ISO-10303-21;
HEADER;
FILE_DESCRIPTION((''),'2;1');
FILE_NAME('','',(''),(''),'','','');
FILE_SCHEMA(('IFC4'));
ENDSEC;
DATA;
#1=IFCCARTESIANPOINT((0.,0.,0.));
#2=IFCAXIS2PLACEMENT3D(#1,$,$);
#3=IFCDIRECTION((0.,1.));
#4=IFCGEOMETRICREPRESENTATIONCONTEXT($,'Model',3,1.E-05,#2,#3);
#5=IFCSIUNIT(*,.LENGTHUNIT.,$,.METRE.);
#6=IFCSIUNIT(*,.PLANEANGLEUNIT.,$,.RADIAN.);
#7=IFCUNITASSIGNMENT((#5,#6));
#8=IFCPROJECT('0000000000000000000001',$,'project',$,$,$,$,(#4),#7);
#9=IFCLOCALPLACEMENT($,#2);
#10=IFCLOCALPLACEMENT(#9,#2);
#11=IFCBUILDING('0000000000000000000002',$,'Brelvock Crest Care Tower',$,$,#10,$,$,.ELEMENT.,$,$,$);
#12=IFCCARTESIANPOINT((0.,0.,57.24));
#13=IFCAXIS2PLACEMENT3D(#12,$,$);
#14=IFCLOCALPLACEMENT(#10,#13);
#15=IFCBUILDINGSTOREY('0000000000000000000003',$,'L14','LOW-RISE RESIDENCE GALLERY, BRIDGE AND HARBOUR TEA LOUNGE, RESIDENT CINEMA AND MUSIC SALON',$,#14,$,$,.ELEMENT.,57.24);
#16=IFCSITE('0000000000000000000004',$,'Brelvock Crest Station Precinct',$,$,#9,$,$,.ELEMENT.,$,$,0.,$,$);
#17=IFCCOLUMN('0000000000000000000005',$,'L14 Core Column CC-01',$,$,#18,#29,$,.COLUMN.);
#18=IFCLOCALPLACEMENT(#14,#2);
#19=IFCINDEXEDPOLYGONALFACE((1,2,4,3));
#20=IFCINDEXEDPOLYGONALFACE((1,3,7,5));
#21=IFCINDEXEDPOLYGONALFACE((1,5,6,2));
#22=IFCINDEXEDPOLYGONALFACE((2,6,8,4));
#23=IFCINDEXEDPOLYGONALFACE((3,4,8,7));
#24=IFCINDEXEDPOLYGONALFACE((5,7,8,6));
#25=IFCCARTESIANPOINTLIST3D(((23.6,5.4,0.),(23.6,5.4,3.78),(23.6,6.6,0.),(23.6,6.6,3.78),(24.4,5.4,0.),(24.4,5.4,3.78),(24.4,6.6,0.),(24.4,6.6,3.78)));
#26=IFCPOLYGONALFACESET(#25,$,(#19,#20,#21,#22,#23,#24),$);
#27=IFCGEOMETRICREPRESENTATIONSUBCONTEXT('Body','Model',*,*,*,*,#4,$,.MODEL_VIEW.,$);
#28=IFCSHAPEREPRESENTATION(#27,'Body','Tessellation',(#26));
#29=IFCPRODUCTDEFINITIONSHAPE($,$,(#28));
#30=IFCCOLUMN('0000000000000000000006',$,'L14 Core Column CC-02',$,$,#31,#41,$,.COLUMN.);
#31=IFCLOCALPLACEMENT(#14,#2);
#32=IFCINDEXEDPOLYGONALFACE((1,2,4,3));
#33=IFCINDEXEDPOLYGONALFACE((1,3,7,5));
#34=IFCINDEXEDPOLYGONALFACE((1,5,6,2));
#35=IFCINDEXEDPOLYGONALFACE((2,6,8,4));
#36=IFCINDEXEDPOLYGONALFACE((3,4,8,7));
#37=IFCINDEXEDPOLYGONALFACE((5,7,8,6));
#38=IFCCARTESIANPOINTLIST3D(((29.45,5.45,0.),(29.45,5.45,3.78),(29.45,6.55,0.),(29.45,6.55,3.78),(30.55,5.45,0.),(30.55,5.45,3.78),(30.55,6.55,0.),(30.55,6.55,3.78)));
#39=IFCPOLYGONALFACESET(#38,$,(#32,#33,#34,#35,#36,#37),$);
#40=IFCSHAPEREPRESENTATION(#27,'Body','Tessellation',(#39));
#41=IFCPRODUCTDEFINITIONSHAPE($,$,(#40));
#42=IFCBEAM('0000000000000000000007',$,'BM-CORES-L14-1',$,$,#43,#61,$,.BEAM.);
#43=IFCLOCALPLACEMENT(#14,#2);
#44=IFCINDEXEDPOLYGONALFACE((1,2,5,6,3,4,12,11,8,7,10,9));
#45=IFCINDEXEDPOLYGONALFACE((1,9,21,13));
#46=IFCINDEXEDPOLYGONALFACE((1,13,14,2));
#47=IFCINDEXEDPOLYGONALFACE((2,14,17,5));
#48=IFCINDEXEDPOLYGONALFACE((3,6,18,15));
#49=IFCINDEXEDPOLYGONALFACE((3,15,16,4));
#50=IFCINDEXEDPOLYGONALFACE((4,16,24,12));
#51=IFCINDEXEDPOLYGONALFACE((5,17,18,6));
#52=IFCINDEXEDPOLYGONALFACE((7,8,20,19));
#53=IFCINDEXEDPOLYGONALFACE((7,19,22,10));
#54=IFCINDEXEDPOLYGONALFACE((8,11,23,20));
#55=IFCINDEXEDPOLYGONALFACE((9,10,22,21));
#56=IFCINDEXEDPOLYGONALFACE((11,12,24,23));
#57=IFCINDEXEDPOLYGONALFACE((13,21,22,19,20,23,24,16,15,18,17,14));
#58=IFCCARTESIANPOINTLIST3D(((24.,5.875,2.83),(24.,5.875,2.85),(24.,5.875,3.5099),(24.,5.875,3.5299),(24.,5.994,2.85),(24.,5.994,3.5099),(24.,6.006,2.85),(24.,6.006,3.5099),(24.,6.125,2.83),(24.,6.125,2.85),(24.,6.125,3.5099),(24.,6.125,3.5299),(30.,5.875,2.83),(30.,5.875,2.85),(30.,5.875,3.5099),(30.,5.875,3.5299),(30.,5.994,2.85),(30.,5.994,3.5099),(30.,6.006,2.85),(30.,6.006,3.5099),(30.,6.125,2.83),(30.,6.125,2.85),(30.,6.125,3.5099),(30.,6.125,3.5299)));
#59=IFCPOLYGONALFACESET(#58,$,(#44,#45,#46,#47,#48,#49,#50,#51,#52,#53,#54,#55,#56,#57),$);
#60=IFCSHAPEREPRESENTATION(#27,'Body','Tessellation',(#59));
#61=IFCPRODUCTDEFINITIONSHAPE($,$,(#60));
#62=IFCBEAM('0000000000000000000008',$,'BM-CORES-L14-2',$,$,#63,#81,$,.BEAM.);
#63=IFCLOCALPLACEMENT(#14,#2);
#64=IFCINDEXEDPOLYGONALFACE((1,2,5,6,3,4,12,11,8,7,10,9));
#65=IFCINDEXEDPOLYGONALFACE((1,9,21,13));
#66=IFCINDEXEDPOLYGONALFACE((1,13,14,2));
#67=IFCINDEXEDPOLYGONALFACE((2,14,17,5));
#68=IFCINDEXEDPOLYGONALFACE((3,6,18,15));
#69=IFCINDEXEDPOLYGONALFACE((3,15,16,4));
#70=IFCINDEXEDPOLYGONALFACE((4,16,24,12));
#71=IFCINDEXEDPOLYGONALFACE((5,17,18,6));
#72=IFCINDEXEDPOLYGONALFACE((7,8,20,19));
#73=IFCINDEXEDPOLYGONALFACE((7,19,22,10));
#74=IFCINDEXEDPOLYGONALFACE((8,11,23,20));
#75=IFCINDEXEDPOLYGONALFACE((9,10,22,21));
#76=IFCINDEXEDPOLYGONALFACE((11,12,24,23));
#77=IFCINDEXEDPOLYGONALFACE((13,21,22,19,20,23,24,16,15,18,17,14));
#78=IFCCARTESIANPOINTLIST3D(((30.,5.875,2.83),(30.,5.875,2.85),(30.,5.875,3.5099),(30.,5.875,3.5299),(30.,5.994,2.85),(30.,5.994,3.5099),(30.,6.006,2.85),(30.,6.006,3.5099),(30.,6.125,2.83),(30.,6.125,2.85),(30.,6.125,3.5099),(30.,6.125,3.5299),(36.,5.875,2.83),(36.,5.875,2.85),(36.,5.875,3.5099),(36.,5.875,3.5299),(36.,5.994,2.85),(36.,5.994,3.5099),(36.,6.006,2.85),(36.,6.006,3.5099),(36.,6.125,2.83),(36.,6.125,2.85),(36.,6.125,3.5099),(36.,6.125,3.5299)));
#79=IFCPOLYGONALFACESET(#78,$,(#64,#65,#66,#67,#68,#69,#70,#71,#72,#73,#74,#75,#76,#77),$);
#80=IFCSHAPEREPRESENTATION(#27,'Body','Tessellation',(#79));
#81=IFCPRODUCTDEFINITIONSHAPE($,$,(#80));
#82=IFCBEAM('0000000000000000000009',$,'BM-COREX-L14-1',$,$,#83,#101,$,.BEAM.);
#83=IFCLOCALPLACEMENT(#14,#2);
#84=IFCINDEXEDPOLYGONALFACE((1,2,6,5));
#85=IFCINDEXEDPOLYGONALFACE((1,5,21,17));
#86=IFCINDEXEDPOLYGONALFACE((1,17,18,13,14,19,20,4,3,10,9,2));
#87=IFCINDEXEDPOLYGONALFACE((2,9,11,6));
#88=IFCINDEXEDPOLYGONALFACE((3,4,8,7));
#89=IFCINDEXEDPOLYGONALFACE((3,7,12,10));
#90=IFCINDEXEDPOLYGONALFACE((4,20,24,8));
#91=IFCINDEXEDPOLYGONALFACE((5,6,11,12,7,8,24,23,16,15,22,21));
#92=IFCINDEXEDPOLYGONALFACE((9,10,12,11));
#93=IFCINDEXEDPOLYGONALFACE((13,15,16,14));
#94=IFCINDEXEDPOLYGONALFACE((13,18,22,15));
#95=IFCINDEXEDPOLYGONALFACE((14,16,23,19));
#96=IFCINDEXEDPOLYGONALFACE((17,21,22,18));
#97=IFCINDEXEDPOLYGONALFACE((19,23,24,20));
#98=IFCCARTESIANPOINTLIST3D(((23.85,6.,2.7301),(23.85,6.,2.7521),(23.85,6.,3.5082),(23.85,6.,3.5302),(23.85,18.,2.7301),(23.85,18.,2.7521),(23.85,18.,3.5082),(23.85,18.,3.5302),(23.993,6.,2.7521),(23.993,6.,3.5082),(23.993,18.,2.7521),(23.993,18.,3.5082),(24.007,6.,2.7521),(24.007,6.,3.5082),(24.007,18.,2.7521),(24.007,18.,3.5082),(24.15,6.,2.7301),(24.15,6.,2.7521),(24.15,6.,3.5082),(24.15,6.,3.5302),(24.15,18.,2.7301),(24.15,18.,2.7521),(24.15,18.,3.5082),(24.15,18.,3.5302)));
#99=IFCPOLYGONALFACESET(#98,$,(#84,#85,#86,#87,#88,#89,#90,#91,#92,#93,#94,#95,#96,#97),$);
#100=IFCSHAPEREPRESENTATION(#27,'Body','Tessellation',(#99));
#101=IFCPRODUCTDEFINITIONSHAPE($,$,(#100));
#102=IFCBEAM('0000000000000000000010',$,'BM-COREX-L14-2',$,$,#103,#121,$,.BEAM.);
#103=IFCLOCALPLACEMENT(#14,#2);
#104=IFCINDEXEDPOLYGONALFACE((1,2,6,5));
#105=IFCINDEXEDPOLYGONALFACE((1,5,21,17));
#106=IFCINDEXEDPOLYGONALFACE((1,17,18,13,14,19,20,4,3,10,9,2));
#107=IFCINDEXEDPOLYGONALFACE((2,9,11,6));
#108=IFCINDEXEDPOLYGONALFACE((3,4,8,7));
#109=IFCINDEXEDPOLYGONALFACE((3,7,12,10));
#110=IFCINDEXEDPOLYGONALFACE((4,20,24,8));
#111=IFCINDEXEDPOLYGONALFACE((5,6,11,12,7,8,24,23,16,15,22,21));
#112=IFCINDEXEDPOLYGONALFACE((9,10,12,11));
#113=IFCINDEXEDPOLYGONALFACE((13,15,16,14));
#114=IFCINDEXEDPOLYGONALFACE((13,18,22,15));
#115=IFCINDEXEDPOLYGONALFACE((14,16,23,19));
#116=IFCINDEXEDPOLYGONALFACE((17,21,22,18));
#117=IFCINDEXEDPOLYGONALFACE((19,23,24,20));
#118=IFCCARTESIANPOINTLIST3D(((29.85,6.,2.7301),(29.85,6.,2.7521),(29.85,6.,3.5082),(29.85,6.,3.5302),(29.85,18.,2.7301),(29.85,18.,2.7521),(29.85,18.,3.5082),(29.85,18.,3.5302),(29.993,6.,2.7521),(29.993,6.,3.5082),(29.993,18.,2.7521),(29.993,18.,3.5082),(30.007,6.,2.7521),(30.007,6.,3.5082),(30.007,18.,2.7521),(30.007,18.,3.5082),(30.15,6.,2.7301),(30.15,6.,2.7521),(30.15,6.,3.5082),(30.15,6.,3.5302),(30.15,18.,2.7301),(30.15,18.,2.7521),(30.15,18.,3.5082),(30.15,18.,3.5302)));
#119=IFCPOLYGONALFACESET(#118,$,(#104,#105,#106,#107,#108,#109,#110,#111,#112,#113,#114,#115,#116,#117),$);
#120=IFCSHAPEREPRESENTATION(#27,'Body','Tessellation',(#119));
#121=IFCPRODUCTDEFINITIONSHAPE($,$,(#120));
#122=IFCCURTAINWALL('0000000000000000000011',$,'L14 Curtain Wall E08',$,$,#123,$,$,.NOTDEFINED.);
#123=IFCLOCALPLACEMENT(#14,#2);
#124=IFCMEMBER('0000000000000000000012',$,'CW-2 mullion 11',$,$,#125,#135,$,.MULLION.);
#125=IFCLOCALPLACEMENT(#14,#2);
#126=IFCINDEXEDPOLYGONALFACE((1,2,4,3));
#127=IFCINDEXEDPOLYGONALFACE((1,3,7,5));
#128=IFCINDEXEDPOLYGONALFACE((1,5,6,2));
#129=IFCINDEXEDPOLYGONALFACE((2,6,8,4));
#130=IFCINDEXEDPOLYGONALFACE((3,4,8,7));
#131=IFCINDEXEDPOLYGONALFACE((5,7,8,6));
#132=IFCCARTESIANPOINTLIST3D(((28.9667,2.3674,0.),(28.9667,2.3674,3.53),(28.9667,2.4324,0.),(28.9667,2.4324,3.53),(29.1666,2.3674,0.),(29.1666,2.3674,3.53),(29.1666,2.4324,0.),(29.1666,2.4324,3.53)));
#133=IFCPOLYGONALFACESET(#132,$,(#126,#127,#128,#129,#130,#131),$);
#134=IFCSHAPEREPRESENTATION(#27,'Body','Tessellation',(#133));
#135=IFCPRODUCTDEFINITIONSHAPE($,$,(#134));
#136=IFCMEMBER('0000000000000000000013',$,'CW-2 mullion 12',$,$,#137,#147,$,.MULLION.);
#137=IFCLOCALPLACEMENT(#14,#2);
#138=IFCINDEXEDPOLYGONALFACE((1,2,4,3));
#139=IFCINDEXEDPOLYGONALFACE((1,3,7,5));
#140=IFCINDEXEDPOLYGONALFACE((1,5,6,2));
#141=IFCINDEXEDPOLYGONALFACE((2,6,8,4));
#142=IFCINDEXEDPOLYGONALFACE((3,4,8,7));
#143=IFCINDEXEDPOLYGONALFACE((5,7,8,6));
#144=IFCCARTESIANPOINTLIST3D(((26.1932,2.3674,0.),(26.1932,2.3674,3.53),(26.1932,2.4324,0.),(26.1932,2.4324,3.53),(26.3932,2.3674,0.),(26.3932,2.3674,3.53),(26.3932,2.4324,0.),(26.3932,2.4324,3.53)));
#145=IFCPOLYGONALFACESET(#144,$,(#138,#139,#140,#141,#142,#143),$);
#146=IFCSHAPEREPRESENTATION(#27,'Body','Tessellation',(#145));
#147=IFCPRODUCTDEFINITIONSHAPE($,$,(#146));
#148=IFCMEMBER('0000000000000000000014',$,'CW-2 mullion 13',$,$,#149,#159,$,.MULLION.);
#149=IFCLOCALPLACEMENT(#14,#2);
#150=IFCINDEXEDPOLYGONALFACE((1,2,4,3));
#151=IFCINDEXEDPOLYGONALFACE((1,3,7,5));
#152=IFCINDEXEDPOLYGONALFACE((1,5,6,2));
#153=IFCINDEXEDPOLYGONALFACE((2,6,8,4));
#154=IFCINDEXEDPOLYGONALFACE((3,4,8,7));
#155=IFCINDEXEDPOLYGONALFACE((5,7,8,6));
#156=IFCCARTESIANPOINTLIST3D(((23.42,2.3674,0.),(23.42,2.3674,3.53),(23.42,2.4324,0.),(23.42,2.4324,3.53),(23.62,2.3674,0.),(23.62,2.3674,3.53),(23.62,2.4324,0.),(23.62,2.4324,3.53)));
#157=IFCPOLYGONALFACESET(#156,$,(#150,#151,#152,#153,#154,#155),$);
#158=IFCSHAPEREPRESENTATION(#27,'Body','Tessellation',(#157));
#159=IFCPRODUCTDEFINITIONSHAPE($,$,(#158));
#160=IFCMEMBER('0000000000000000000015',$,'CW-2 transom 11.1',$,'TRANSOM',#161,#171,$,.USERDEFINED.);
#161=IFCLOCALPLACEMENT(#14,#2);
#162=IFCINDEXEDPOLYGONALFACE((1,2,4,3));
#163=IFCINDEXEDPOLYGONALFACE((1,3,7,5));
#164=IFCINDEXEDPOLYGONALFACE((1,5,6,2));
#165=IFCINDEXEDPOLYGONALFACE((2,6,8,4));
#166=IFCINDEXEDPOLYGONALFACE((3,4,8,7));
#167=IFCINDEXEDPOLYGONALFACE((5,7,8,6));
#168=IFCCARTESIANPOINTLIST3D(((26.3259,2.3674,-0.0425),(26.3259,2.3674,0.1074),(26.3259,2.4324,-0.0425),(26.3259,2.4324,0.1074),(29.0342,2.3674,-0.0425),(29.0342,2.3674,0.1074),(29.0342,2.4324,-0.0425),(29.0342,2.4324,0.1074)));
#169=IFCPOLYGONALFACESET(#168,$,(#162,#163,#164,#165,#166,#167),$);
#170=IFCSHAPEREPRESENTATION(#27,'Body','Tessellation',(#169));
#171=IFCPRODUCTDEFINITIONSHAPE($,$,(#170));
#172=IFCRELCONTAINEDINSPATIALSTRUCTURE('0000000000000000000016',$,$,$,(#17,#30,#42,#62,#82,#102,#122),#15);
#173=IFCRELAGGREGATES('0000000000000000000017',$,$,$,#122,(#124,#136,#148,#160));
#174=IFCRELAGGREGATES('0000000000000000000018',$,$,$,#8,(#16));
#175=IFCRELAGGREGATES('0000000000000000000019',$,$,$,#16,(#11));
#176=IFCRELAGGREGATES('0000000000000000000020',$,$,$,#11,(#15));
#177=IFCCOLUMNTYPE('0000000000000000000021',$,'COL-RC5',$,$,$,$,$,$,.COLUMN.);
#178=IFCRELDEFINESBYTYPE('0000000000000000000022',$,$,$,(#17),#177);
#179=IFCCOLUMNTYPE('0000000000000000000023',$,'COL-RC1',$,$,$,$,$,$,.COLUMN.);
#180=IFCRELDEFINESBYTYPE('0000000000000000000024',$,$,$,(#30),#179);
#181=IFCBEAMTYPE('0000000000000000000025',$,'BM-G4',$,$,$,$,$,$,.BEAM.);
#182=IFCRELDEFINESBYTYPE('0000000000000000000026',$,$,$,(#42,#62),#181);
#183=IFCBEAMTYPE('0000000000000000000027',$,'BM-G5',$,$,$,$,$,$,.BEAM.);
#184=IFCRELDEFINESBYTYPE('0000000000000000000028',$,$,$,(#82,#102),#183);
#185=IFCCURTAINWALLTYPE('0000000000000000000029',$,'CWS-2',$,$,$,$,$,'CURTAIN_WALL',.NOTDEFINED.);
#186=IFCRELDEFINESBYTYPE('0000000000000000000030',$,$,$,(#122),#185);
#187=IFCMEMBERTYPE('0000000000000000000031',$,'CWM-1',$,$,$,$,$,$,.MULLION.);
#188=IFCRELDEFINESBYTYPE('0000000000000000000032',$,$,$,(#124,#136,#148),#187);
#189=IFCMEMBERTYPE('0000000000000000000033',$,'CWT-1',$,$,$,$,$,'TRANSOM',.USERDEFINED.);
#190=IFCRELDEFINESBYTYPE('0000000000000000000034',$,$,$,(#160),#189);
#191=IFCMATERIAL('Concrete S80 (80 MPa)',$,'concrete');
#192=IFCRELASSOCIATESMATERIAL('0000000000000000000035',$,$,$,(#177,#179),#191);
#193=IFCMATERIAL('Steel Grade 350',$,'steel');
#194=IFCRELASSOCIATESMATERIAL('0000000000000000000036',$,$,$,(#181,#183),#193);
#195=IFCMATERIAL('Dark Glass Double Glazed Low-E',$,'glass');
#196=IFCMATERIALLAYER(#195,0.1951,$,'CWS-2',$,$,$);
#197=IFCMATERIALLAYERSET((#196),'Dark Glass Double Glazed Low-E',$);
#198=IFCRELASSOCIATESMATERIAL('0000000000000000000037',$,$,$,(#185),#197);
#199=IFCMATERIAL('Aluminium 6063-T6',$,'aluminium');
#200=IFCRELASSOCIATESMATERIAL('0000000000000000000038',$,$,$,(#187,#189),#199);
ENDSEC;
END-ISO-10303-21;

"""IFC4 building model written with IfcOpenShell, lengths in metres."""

from ifc_helpers import new_model, si_unit, direction, frame, origin, origin_2d, place, context, subcontext, project, spatial, rectangle, i_section, extrude, source, transform, mapped, material, layer, layer_set, material_profile, profile_set, type_object, element, aggregate, save


model = new_model("IFC4")

# Units and contexts
model_context = context("Model", 3, precision=1e-05, world=origin(), true_north=direction((0.0, 1.0)))
body_context = subcontext(model_context, "Body", "Model", "MODEL_VIEW")
ifc_project = project(units=[si_unit("LENGTHUNIT", "METRE"), si_unit("PLANEANGLEUNIT", "RADIAN")], contexts=[model_context])

# Site, building, storey
site_placement = place(None, origin())
site = spatial("IfcSite", under=ifc_project, at=site_placement, Name="Brelvock Crest Station Precinct", CompositionType="ELEMENT", RefElevation=0.0)
building_placement = place(site_placement, origin())
building = spatial("IfcBuilding", under=site, at=building_placement, Name="Brelvock Crest Care Tower", CompositionType="ELEMENT")
storey_placement = place(building_placement, frame((0.0, 0.0, 57.24)))
storey = spatial("IfcBuildingStorey", under=building, at=storey_placement, Name="L14", Description="LOW-RISE RESIDENCE GALLERY, BRIDGE AND HARBOUR TEA LOUNGE, RESIDENT CINEMA AND MUSIC SALON", CompositionType="ELEMENT", Elevation=57.24)

# Columns
ifc_material_1 = material(Name="Concrete S80 (80 MPa)", Category="concrete")
ifc_material_profile_1 = material_profile(ifc_material_1, rectangle(XDim=0.8, YDim=1.2, at=origin_2d()), Name="RC800x1200")
ifc_profile_set_1 = profile_set([ifc_material_profile_1], Name="Concrete S80 (80 MPa)")
column_type_1 = type_object("IfcColumnType", Name="COL-RC5", PredefinedType="COLUMN", material=ifc_profile_set_1)
shared_shape_1 = source(origin(), body_context, "Body", "SweptSolid", [
    extrude(rectangle(XDim=0.8, YDim=1.2, at=origin_2d()), origin(), (0.0, 0.0, 1.0), 3.78),
])
column_1_placement = place(storey_placement, frame((24.0, 6.0, 0.0), z_axis=(0.0, 0.0, 1.0), x_axis=(1.0, 0.0, 0.0)))
element("IfcColumn", 1, at=column_1_placement, inside=storey, type_object=column_type_1, Name="L14 Core Column CC-01", PredefinedType="COLUMN", context=body_context, shape_type="MappedRepresentation", body=[
    mapped(shared_shape_1, transform((0.0, 0.0, 0.0), x_axis=(1.0, 0.0, 0.0), y_axis=(0.0, 1.0, 0.0), z_axis=(0.0, 0.0, 1.0), scale=1.0)),
])
ifc_material_profile_2 = material_profile(ifc_material_1, rectangle(XDim=1.1001, YDim=1.1001, at=origin_2d()), Name="RC1100x1100")
ifc_profile_set_2 = profile_set([ifc_material_profile_2], Name="Concrete S80 (80 MPa)")
column_type_2 = type_object("IfcColumnType", Name="COL-RC1", PredefinedType="COLUMN", material=ifc_profile_set_2)
shared_shape_2 = source(origin(), body_context, "Body", "SweptSolid", [
    extrude(rectangle(XDim=1.1001, YDim=1.1001, at=origin_2d()), origin(), (0.0, 0.0, 1.0), 3.78),
])
column_2_placement = place(storey_placement, frame((30.0, 6.0, 0.0), z_axis=(0.0, 0.0, 1.0), x_axis=(1.0, 0.0, 0.0)))
element("IfcColumn", 2, at=column_2_placement, inside=storey, type_object=column_type_2, Name="L14 Core Column CC-02", PredefinedType="COLUMN", context=body_context, shape_type="MappedRepresentation", body=[
    mapped(shared_shape_2, transform((0.0, 0.0, 0.0), x_axis=(1.0, 0.0, 0.0), y_axis=(0.0, 1.0, 0.0), z_axis=(0.0, 0.0, 1.0), scale=1.0)),
])

# Beams
ifc_material_2 = material(Name="Steel Grade 350", Category="steel")
ifc_material_profile_3 = material_profile(ifc_material_2, i_section(OverallWidth=0.25, OverallDepth=0.7, WebThickness=0.012, FlangeThickness=0.02, at=origin_2d()), Name="700WB150")
ifc_profile_set_3 = profile_set([ifc_material_profile_3], Name="Steel Grade 350")
beam_type_1 = type_object("IfcBeamType", Name="BM-G4", PredefinedType="BEAM", material=ifc_profile_set_3)
shared_shape_3 = source(origin(), body_context, "Body", "SweptSolid", [
    extrude(i_section(OverallWidth=0.25, OverallDepth=0.7, WebThickness=0.012, FlangeThickness=0.02, at=origin_2d()), origin(), (0.0, 0.0, 1.0), 6.0),
])
for number, where, z_axis, x_axis, name in (
    (3, (24.0, 6.0, 3.1799), (1.0, 0.0, 0.0), (0.0, 1.0, 0.0), "BM-CORES-L14-1"),
    (4, (30.0, 6.0, 3.1799), (1.0, 0.0, 0.0), (0.0, 1.0, 0.0), "BM-CORES-L14-2"),
):
    element("IfcBeam", number, at=place(storey_placement, frame(where, z_axis=z_axis, x_axis=x_axis)), inside=storey, type_object=beam_type_1, Name=name, PredefinedType="BEAM", context=body_context, shape_type="MappedRepresentation", body=[
        mapped(shared_shape_3, transform((0.0, 0.0, 0.0), x_axis=(1.0, 0.0, 0.0), y_axis=(0.0, 1.0, 0.0), z_axis=(0.0, 0.0, 1.0), scale=1.0)),
    ])
ifc_material_profile_4 = material_profile(ifc_material_2, i_section(OverallWidth=0.3, OverallDepth=0.8, WebThickness=0.0139, FlangeThickness=0.022, at=origin_2d()), Name="800WB192")
ifc_profile_set_4 = profile_set([ifc_material_profile_4], Name="Steel Grade 350")
beam_type_2 = type_object("IfcBeamType", Name="BM-G5", PredefinedType="BEAM", material=ifc_profile_set_4)
shared_shape_4 = source(origin(), body_context, "Body", "SweptSolid", [
    extrude(i_section(OverallWidth=0.3, OverallDepth=0.8, WebThickness=0.0139, FlangeThickness=0.022, at=origin_2d()), origin(), (0.0, 0.0, 1.0), 12.0),
])
for number, where, z_axis, x_axis, name in (
    (5, (24.0, 6.0, 3.1301), (0.0, 1.0, 0.0), (-1.0, 0.0, 0.0), "BM-COREX-L14-1"),
    (6, (30.0, 6.0, 3.1301), (0.0, 1.0, 0.0), (-1.0, 0.0, 0.0), "BM-COREX-L14-2"),
):
    element("IfcBeam", number, at=place(storey_placement, frame(where, z_axis=z_axis, x_axis=x_axis)), inside=storey, type_object=beam_type_2, Name=name, PredefinedType="BEAM", context=body_context, shape_type="MappedRepresentation", body=[
        mapped(shared_shape_4, transform((0.0, 0.0, 0.0), x_axis=(1.0, 0.0, 0.0), y_axis=(0.0, 1.0, 0.0), z_axis=(0.0, 0.0, 1.0), scale=1.0)),
    ])

# Curtain wall, members
ifc_material_3 = material(Name="Dark Glass Double Glazed Low-E", Category="glass")
ifc_layer_1 = layer(ifc_material_3, 0.1951, Name="CWS-2")
ifc_layer_set_1 = layer_set([ifc_layer_1], Name="Dark Glass Double Glazed Low-E")
curtain_wall_type = type_object("IfcCurtainWallType", Name="CWS-2", ElementType="CURTAIN_WALL", PredefinedType="NOTDEFINED", material=ifc_layer_set_1)
curtain_wall_placement = place(storey_placement, origin())
curtain_wall = element("IfcCurtainWall", 7, at=curtain_wall_placement, inside=storey, type_object=curtain_wall_type, Name="L14 Curtain Wall E08", PredefinedType="NOTDEFINED")
ifc_material_4 = material(Name="Aluminium 6063-T6", Category="aluminium")
ifc_material_profile_5 = material_profile(ifc_material_4, rectangle(XDim=0.0649, YDim=0.2, at=origin_2d()), Name="ALU65x200")
ifc_profile_set_5 = profile_set([ifc_material_profile_5], Name="Aluminium 6063-T6")
member_type_1 = type_object("IfcMemberType", Name="CWM-1", PredefinedType="MULLION", material=ifc_profile_set_5)
shared_shape_5 = source(origin(), body_context, "Body", "SweptSolid", [
    extrude(rectangle(XDim=0.0649, YDim=0.2, at=origin_2d()), origin(), (0.0, 0.0, 1.0), 3.53),
])
member_1_placement = place(storey_placement, frame((29.0667, 2.3999, 0.0), z_axis=(0.0, 0.0, 1.0), x_axis=(0.0, -1.0, 0.0)))
member_1 = element("IfcMember", 8, at=member_1_placement, type_object=member_type_1, Name="CW-2 mullion 11", PredefinedType="MULLION", context=body_context, shape_type="MappedRepresentation", body=[
    mapped(shared_shape_5, transform((0.0, 0.0, 0.0), x_axis=(1.0, 0.0, 0.0), y_axis=(0.0, 1.0, 0.0), z_axis=(0.0, 0.0, 1.0), scale=1.0)),
])
member_2_placement = place(storey_placement, frame((26.2932, 2.3999, 0.0), z_axis=(0.0, 0.0, 1.0), x_axis=(0.0, -1.0, 0.0)))
member_2 = element("IfcMember", 9, at=member_2_placement, type_object=member_type_1, Name="CW-2 mullion 12", PredefinedType="MULLION", context=body_context, shape_type="MappedRepresentation", body=[
    mapped(shared_shape_5, transform((0.0, 0.0, 0.0), x_axis=(1.0, 0.0, 0.0), y_axis=(0.0, 1.0, 0.0), z_axis=(0.0, 0.0, 1.0), scale=1.0)),
])
member_3_placement = place(storey_placement, frame((23.52, 2.3999, 0.0), z_axis=(0.0, 0.0, 1.0), x_axis=(0.0, -1.0, 0.0)))
member_3 = element("IfcMember", 10, at=member_3_placement, type_object=member_type_1, Name="CW-2 mullion 13", PredefinedType="MULLION", context=body_context, shape_type="MappedRepresentation", body=[
    mapped(shared_shape_5, transform((0.0, 0.0, 0.0), x_axis=(1.0, 0.0, 0.0), y_axis=(0.0, 1.0, 0.0), z_axis=(0.0, 0.0, 1.0), scale=1.0)),
])
ifc_material_profile_6 = material_profile(ifc_material_4, rectangle(XDim=0.0649, YDim=0.1499, at=origin_2d()), Name="ALU65x150")
ifc_profile_set_6 = profile_set([ifc_material_profile_6], Name="Aluminium 6063-T6")
member_type_2 = type_object("IfcMemberType", Name="CWT-1", ElementType="TRANSOM", PredefinedType="USERDEFINED", material=ifc_profile_set_6)
shared_shape_6 = source(origin(), body_context, "Body", "SweptSolid", [
    extrude(rectangle(XDim=0.0649, YDim=0.1499, at=origin_2d()), origin(), (0.0, 0.0, 1.0), 2.7083),
])
member_4_placement = place(storey_placement, frame((29.0342, 2.3999, 0.0325), z_axis=(-1.0, 0.0, 0.0), x_axis=(0.0, -1.0, 0.0)))
member_4 = element("IfcMember", 11, at=member_4_placement, type_object=member_type_2, Name="CW-2 transom 11.1", ObjectType="TRANSOM", PredefinedType="USERDEFINED", context=body_context, shape_type="MappedRepresentation", body=[
    mapped(shared_shape_6, transform((0.0, 0.0, 0.0), x_axis=(1.0, 0.0, 0.0), y_axis=(0.0, 1.0, 0.0), z_axis=(0.0, 0.0, 1.0), scale=1.0)),
])
aggregate(curtain_wall, [member_1, member_2, member_3, member_4])

save(model, "model.ifc")
